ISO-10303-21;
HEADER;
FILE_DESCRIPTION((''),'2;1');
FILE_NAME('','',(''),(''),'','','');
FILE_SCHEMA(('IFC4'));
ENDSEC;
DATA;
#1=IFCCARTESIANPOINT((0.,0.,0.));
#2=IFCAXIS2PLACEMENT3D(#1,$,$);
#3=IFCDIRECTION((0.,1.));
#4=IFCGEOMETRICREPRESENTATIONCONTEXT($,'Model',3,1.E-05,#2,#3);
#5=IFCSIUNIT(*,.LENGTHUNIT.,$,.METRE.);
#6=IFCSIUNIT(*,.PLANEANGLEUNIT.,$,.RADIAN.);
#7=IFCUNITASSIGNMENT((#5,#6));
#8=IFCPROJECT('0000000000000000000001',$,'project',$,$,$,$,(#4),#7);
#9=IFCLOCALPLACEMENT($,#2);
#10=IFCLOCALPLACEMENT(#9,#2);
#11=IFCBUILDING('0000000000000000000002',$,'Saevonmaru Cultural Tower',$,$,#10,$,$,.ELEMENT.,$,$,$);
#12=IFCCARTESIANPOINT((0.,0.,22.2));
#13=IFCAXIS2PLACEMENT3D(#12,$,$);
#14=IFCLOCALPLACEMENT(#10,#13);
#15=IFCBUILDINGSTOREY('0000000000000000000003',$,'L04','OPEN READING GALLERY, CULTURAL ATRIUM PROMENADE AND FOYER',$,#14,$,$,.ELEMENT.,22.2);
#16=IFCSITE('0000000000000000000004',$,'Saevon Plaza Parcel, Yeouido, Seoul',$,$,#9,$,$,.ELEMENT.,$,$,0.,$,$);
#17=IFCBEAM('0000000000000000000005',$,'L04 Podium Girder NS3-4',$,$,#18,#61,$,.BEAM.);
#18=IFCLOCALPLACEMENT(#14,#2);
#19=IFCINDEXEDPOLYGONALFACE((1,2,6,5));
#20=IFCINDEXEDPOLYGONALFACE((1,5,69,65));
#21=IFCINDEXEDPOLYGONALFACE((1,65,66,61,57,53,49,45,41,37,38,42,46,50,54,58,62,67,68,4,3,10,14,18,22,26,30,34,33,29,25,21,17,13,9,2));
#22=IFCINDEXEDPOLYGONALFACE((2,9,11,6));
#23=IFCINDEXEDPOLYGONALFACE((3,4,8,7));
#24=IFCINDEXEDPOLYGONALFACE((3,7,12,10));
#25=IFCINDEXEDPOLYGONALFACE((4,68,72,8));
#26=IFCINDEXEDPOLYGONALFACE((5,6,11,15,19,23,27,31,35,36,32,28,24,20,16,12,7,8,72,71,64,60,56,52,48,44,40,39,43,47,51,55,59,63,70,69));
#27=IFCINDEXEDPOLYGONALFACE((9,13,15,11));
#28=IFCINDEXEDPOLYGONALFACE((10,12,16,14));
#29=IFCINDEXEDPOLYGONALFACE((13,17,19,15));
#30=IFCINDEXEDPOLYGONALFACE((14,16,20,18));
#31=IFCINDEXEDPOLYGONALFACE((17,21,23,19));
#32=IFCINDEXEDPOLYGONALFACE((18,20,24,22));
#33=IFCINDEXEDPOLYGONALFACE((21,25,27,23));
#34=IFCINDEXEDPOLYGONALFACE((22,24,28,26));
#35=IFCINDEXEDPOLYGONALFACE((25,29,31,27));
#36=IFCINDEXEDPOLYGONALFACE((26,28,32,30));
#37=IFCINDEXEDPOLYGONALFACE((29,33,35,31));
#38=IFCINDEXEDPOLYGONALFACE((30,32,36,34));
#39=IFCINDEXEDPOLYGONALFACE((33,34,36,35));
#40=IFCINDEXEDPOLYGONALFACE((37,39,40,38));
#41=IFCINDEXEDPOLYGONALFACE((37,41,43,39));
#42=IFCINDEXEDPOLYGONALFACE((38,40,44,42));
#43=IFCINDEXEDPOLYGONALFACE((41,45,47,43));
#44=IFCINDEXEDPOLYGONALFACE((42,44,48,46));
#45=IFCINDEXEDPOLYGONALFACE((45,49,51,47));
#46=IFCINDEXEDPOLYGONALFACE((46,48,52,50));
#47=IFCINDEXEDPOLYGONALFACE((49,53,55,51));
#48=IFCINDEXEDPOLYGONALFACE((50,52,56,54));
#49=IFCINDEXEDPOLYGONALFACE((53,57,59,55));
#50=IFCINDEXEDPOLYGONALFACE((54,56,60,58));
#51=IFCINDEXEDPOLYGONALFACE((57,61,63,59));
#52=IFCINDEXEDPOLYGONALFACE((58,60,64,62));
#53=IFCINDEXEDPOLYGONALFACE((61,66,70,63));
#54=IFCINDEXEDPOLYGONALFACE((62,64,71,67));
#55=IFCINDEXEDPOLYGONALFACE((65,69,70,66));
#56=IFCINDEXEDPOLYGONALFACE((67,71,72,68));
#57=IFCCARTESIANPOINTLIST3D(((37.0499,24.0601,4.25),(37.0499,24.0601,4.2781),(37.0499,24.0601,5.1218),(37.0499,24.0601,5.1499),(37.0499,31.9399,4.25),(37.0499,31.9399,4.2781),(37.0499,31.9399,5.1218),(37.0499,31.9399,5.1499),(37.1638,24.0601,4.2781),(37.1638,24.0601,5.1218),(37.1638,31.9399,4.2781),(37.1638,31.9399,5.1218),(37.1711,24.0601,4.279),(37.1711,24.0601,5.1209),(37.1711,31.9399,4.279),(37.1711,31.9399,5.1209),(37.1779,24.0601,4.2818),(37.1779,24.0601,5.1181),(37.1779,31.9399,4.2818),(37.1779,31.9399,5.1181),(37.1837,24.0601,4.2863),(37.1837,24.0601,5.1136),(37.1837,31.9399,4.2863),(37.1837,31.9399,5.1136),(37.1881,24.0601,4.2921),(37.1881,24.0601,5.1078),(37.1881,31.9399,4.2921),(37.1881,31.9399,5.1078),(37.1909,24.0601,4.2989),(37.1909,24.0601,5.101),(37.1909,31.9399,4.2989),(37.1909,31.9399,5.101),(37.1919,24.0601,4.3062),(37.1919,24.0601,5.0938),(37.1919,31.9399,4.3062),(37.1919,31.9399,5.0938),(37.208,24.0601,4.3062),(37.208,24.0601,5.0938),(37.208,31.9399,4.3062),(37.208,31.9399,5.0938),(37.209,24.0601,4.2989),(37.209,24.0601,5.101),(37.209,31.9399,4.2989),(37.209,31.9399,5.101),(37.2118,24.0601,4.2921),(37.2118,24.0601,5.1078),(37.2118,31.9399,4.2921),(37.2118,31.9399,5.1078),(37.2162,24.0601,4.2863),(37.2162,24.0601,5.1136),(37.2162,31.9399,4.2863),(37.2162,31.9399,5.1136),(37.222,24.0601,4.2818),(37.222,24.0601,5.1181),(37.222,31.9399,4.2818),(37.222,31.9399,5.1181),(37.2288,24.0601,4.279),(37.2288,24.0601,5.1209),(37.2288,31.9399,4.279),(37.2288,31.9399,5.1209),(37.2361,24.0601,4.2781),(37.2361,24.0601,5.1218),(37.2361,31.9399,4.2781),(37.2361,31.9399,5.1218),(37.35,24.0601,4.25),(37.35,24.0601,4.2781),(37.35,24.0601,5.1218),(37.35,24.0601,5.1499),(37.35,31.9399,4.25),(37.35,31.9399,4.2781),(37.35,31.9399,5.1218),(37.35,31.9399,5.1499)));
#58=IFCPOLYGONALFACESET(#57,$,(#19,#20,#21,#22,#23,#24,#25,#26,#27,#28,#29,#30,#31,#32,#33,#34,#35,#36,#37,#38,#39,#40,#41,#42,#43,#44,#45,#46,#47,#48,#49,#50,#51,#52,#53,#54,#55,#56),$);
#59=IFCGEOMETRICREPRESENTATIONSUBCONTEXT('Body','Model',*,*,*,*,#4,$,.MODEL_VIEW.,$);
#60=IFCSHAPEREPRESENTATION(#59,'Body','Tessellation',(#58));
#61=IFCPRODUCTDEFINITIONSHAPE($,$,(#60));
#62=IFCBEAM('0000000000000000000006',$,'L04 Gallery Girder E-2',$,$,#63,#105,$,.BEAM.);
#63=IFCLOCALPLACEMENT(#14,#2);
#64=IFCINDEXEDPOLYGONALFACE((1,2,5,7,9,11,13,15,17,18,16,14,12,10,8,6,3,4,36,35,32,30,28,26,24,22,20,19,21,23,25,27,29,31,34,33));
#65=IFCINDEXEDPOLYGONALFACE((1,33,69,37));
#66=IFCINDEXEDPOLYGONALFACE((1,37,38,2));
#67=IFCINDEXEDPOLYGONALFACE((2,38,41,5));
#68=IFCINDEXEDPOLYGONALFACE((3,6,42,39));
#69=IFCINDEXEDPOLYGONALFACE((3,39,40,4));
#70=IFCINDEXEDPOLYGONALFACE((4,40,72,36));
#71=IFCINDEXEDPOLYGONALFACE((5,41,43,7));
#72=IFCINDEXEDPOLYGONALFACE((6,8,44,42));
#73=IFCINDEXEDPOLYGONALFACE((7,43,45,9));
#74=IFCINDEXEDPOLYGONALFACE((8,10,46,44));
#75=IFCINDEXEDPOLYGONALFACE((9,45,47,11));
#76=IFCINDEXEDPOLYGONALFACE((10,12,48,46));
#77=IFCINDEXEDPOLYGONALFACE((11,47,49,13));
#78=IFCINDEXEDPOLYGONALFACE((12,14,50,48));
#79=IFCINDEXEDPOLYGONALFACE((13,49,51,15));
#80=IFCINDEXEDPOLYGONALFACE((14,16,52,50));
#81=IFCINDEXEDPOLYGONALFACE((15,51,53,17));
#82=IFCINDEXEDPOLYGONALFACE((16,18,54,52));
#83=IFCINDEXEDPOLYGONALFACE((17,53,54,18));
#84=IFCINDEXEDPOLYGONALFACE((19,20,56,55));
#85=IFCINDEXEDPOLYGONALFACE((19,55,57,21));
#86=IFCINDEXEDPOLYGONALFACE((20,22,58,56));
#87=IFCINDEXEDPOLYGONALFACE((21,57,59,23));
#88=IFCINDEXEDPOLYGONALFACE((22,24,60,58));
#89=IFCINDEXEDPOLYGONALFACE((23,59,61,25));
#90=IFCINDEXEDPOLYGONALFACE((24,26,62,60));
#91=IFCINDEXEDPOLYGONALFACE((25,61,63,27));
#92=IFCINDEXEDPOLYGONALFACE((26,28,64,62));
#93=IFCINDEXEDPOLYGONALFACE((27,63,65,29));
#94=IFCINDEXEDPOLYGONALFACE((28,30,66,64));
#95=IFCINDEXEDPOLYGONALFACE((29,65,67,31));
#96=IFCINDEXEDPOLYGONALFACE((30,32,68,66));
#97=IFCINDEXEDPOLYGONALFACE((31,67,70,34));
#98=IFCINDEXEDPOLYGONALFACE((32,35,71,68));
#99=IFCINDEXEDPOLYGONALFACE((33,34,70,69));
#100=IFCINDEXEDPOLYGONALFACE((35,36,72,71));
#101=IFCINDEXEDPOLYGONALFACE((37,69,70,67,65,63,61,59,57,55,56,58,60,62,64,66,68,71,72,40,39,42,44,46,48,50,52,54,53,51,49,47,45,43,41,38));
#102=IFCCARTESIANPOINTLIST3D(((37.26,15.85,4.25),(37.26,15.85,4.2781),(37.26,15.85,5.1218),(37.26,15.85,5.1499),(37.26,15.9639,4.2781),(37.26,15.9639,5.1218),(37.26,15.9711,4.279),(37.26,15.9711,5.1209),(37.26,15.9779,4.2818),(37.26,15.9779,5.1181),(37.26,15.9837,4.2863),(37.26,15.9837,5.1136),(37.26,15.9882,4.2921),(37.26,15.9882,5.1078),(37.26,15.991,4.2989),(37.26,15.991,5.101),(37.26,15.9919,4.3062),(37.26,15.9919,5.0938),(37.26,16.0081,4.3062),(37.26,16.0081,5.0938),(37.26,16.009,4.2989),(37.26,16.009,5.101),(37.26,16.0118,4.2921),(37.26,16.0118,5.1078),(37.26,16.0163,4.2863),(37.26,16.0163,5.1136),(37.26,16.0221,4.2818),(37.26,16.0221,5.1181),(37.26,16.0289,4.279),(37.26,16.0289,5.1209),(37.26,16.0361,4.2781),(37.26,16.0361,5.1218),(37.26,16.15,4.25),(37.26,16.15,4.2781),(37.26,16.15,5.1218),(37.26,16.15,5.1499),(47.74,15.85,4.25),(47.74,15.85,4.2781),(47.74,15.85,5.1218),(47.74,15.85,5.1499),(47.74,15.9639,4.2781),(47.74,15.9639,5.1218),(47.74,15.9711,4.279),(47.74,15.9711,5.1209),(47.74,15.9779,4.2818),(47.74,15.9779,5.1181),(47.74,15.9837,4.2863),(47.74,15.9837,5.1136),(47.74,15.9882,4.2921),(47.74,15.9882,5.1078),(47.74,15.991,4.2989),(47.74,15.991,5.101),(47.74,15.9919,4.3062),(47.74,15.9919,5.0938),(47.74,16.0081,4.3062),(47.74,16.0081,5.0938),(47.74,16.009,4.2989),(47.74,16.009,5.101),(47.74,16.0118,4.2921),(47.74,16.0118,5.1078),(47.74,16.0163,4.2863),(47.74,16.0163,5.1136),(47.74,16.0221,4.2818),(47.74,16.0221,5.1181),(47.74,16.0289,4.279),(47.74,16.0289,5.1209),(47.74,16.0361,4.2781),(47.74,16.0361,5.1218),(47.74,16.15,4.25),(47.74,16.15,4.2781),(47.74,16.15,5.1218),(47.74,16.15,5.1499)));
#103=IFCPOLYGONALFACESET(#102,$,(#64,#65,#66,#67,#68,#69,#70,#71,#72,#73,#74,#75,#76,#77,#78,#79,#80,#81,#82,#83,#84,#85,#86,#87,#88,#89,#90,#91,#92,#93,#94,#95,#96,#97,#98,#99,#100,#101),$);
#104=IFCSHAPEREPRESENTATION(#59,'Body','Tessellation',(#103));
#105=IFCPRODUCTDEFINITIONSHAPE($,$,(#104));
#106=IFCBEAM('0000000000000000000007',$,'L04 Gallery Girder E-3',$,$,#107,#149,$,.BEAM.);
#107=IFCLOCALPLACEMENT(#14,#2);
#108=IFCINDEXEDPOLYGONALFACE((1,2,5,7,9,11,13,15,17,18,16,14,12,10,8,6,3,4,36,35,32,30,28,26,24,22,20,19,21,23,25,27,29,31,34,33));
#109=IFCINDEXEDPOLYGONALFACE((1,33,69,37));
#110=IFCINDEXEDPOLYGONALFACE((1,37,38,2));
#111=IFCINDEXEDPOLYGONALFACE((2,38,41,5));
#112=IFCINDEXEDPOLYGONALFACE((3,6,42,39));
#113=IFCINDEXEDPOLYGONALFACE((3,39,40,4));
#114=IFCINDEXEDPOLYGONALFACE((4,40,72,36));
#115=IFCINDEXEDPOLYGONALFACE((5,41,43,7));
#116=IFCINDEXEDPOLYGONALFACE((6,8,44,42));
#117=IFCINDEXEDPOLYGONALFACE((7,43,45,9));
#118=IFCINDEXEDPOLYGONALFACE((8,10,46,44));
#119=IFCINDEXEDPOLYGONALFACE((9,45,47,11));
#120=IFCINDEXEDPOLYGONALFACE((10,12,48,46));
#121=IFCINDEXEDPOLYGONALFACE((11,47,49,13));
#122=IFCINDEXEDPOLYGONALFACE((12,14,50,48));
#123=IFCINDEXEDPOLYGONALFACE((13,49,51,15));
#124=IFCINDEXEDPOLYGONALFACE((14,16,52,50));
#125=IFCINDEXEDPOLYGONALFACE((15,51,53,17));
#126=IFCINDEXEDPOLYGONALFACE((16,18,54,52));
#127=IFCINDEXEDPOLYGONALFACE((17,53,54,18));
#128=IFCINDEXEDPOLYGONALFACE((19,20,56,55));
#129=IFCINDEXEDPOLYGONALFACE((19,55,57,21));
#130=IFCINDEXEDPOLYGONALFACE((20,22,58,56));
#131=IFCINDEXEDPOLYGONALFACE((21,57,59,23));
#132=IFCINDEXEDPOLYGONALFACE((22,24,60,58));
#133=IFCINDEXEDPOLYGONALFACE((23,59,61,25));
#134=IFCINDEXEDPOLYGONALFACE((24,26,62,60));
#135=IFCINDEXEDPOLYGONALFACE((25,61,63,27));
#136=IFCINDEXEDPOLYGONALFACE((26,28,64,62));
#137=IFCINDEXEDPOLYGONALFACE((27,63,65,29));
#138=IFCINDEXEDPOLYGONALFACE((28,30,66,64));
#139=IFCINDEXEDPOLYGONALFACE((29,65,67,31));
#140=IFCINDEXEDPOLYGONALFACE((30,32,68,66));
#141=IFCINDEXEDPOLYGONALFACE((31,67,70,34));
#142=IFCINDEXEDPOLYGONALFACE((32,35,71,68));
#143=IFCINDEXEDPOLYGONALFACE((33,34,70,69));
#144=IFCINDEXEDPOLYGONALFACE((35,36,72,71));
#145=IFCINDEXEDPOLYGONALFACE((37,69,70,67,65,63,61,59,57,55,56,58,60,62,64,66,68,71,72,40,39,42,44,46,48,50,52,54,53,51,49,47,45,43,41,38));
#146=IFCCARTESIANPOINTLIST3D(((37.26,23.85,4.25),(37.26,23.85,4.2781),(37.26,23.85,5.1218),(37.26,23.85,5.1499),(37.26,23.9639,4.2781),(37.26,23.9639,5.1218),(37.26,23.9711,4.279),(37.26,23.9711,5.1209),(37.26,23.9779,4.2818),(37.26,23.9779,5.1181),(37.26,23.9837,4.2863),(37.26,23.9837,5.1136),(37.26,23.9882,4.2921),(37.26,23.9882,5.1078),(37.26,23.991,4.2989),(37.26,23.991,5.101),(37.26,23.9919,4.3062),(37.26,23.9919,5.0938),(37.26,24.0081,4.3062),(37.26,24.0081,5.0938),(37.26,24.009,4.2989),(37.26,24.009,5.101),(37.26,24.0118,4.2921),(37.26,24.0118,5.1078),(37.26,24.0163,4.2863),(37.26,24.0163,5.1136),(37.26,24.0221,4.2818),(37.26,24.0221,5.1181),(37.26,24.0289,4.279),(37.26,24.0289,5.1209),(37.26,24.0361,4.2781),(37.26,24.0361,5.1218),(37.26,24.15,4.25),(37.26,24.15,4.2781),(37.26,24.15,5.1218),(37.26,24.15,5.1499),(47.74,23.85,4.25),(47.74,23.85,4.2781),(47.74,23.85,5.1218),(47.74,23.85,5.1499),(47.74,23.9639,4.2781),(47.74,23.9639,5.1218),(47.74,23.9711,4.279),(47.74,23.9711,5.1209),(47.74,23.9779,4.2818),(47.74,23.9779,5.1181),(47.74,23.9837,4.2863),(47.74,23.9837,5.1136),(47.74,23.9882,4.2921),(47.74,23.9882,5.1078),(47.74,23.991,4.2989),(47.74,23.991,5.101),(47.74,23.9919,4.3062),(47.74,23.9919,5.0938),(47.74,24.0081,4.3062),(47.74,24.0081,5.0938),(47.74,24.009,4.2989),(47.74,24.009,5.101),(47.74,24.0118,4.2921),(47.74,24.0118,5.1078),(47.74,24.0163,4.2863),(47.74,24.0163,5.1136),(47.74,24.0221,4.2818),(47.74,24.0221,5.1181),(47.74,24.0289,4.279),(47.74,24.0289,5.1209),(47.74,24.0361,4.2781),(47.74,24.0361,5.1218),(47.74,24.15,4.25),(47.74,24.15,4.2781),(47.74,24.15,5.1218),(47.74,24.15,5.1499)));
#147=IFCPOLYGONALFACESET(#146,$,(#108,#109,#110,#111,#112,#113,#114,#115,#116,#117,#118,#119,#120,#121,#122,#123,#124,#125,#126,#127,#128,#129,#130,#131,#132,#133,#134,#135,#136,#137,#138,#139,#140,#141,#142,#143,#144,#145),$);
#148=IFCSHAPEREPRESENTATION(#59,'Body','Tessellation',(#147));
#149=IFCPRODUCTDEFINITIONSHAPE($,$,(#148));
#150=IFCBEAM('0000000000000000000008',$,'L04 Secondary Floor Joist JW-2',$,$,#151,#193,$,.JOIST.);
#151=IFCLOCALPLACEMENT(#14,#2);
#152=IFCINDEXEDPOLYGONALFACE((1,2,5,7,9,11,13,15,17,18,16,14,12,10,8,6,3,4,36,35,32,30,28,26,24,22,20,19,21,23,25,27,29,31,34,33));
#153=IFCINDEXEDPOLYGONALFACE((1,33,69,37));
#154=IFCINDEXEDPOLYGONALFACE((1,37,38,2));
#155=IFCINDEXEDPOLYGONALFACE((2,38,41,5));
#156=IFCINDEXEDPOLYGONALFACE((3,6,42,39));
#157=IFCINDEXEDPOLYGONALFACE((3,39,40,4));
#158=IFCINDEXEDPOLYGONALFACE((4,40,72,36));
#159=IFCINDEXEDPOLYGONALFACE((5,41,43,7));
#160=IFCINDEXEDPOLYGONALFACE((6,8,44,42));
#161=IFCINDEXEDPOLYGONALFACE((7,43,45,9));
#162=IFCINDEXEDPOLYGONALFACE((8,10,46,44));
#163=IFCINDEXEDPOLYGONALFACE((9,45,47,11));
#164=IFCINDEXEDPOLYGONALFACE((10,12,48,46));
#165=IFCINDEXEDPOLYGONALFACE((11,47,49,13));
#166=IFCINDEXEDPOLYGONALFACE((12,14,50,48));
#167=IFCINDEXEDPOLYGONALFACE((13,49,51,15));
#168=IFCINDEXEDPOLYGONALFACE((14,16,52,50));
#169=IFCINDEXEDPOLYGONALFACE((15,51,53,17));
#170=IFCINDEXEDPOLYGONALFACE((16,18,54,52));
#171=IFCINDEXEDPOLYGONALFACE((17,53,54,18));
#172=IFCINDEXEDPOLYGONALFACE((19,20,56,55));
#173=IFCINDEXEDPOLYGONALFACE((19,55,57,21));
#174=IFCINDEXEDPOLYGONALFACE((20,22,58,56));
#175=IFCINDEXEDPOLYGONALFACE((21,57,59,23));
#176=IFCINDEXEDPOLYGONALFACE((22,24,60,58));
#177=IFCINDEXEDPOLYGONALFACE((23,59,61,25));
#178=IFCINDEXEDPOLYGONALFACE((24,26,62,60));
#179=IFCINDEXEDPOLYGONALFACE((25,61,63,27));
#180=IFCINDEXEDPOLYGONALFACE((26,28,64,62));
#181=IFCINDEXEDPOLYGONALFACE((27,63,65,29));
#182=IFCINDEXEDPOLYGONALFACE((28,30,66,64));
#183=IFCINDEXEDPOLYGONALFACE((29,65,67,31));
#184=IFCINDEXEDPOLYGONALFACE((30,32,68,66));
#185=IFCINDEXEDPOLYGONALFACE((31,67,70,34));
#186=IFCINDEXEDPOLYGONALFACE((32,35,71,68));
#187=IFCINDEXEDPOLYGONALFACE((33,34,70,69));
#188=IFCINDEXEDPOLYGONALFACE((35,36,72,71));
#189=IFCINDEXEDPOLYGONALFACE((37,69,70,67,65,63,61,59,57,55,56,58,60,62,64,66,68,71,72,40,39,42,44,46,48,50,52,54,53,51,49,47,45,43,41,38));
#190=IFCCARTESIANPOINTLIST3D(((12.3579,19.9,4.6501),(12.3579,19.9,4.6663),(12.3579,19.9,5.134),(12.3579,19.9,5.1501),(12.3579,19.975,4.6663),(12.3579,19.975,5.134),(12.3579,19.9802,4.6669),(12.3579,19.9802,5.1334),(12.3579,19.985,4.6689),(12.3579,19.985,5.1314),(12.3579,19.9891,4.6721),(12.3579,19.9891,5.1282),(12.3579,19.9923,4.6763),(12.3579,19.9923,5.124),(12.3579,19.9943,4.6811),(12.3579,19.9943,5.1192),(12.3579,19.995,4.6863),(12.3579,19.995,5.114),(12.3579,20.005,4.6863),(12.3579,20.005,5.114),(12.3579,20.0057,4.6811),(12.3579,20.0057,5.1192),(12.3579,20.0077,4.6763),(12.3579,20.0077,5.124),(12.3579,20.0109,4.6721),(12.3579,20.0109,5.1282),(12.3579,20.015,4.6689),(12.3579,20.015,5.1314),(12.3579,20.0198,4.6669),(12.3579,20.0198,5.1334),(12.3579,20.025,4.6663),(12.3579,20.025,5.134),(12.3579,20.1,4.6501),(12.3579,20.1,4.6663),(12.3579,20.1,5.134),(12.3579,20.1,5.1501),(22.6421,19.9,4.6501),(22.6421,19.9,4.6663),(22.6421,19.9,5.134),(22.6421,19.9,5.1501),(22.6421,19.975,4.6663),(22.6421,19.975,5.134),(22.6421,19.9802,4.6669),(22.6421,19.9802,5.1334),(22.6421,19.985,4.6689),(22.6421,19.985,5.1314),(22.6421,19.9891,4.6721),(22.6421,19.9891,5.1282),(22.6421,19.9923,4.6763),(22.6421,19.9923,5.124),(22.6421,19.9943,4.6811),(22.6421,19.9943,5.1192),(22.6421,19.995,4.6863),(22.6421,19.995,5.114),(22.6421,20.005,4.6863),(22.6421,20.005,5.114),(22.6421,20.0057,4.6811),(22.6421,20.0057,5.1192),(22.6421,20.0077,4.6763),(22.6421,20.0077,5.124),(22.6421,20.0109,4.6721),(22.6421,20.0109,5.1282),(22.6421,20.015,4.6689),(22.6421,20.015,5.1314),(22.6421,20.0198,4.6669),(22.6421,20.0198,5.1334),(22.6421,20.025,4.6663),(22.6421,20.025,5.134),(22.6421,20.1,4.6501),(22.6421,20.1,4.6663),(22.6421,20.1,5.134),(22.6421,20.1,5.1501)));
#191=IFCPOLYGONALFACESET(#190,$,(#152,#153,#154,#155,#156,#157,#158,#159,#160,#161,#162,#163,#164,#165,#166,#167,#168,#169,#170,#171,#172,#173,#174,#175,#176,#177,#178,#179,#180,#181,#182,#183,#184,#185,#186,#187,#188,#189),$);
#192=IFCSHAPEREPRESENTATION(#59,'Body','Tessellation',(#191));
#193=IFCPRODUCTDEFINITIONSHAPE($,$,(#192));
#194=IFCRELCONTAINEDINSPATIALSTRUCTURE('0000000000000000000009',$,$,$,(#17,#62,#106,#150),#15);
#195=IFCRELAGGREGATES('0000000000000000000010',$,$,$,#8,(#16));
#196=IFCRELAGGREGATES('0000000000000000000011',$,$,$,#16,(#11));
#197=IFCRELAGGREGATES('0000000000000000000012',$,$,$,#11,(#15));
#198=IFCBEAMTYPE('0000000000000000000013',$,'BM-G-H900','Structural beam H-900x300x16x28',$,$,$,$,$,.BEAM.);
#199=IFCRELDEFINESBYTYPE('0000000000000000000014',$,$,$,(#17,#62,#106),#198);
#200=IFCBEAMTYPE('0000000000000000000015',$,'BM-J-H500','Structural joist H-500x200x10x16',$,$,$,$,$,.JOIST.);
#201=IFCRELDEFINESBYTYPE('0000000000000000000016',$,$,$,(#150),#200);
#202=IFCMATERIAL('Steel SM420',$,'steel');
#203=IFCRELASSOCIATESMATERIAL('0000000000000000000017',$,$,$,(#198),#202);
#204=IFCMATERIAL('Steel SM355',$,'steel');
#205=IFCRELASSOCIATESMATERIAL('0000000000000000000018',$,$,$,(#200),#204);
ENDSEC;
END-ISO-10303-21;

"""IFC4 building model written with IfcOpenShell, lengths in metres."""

from ifc_helpers import new_model, si_unit, direction, frame, origin, origin_2d, place, context, subcontext, project, spatial, i_section, extrude, material, material_profile, profile_set, type_object, element, save


model = new_model("IFC4")

# Units and contexts
model_context = context("Model", 3, precision=1e-05, world=origin(), true_north=direction((0.0, 1.0)))
body_context = subcontext(model_context, "Body", "Model", "MODEL_VIEW")
ifc_project = project(units=[si_unit("LENGTHUNIT", "METRE"), si_unit("PLANEANGLEUNIT", "RADIAN")], contexts=[model_context])

# Site, building, storey
site_placement = place(None, origin())
site = spatial("IfcSite", under=ifc_project, at=site_placement, Name="Saevon Plaza Parcel, Yeouido, Seoul", CompositionType="ELEMENT", RefElevation=0.0)
building_placement = place(site_placement, origin())
building = spatial("IfcBuilding", under=site, at=building_placement, Name="Saevonmaru Cultural Tower", CompositionType="ELEMENT")
storey_placement = place(building_placement, frame((0.0, 0.0, 22.2)))
storey = spatial("IfcBuildingStorey", under=building, at=storey_placement, Name="L04", Description="OPEN READING GALLERY, CULTURAL ATRIUM PROMENADE AND FOYER", CompositionType="ELEMENT", Elevation=22.2)

# Shared definitions
ifc_material_1 = material(Name="Steel SM420", Category="steel")

# Beams
ifc_material_profile_1 = material_profile(ifc_material_1, i_section(OverallWidth=0.3, OverallDepth=0.8999, WebThickness=0.0161, FlangeThickness=0.0281, FilletRadius=0.0281, at=origin_2d()), Name="H-900x300x16x28")
ifc_profile_set_1 = profile_set([ifc_material_profile_1], Name="Steel SM420")
beam_type_1 = type_object("IfcBeamType", Name="BM-G-H900", Description="Structural beam H-900x300x16x28", PredefinedType="BEAM", material=ifc_profile_set_1)
for number, where, z_axis, x_axis, name in (
    (1, (37.2, 24.0601, 4.7), (0.0, 1.0, 0.0), (-1.0, 0.0, 0.0), "L04 Podium Girder NS3-4"),
):
    element("IfcBeam", number, at=place(storey_placement, frame(where, z_axis=z_axis, x_axis=x_axis)), inside=storey, type_object=beam_type_1, Name=name, PredefinedType="BEAM", context=body_context, shape_type="SweptSolid", body=[
        extrude(i_section(OverallWidth=0.3, OverallDepth=0.8999, WebThickness=0.0161, FlangeThickness=0.0281, FilletRadius=0.0281, at=origin_2d()), origin(), (0.0, 0.0, 1.0), 7.8799),
    ])
for number, where, z_axis, x_axis, name in (
    (2, (37.26, 16.0, 4.7), (1.0, 0.0, 0.0), (0.0, 1.0, 0.0), "L04 Gallery Girder E-2"),
    (3, (37.26, 24.0, 4.7), (1.0, 0.0, 0.0), (0.0, 1.0, 0.0), "L04 Gallery Girder E-3"),
):
    element("IfcBeam", number, at=place(storey_placement, frame(where, z_axis=z_axis, x_axis=x_axis)), inside=storey, type_object=beam_type_1, Name=name, PredefinedType="BEAM", context=body_context, shape_type="SweptSolid", body=[
        extrude(i_section(OverallWidth=0.3, OverallDepth=0.8999, WebThickness=0.0161, FlangeThickness=0.0281, FilletRadius=0.0281, at=origin_2d()), origin(), (0.0, 0.0, 1.0), 10.48),
    ])
ifc_material_2 = material(Name="Steel SM355", Category="steel")
ifc_material_profile_2 = material_profile(ifc_material_2, i_section(OverallWidth=0.2, OverallDepth=0.5, WebThickness=0.01, FlangeThickness=0.0161, FilletRadius=0.02, at=origin_2d()), Name="H-500x200x10x16")
ifc_profile_set_2 = profile_set([ifc_material_profile_2], Name="Steel SM355")
beam_type_2 = type_object("IfcBeamType", Name="BM-J-H500", Description="Structural joist H-500x200x10x16", PredefinedType="JOIST", material=ifc_profile_set_2)
beam_1_placement = place(storey_placement, frame((12.3579, 20.0, 4.9001), z_axis=(1.0, 0.0, 0.0), x_axis=(0.0, 1.0, 0.0)))
element("IfcBeam", 4, at=beam_1_placement, inside=storey, type_object=beam_type_2, Name="L04 Secondary Floor Joist JW-2", PredefinedType="JOIST", context=body_context, shape_type="SweptSolid", body=[
    extrude(i_section(OverallWidth=0.2, OverallDepth=0.5, WebThickness=0.01, FlangeThickness=0.0161, FilletRadius=0.02, at=origin_2d()), origin(), (0.0, 0.0, 1.0), 10.2842),
])

save(model, "model.ifc")
